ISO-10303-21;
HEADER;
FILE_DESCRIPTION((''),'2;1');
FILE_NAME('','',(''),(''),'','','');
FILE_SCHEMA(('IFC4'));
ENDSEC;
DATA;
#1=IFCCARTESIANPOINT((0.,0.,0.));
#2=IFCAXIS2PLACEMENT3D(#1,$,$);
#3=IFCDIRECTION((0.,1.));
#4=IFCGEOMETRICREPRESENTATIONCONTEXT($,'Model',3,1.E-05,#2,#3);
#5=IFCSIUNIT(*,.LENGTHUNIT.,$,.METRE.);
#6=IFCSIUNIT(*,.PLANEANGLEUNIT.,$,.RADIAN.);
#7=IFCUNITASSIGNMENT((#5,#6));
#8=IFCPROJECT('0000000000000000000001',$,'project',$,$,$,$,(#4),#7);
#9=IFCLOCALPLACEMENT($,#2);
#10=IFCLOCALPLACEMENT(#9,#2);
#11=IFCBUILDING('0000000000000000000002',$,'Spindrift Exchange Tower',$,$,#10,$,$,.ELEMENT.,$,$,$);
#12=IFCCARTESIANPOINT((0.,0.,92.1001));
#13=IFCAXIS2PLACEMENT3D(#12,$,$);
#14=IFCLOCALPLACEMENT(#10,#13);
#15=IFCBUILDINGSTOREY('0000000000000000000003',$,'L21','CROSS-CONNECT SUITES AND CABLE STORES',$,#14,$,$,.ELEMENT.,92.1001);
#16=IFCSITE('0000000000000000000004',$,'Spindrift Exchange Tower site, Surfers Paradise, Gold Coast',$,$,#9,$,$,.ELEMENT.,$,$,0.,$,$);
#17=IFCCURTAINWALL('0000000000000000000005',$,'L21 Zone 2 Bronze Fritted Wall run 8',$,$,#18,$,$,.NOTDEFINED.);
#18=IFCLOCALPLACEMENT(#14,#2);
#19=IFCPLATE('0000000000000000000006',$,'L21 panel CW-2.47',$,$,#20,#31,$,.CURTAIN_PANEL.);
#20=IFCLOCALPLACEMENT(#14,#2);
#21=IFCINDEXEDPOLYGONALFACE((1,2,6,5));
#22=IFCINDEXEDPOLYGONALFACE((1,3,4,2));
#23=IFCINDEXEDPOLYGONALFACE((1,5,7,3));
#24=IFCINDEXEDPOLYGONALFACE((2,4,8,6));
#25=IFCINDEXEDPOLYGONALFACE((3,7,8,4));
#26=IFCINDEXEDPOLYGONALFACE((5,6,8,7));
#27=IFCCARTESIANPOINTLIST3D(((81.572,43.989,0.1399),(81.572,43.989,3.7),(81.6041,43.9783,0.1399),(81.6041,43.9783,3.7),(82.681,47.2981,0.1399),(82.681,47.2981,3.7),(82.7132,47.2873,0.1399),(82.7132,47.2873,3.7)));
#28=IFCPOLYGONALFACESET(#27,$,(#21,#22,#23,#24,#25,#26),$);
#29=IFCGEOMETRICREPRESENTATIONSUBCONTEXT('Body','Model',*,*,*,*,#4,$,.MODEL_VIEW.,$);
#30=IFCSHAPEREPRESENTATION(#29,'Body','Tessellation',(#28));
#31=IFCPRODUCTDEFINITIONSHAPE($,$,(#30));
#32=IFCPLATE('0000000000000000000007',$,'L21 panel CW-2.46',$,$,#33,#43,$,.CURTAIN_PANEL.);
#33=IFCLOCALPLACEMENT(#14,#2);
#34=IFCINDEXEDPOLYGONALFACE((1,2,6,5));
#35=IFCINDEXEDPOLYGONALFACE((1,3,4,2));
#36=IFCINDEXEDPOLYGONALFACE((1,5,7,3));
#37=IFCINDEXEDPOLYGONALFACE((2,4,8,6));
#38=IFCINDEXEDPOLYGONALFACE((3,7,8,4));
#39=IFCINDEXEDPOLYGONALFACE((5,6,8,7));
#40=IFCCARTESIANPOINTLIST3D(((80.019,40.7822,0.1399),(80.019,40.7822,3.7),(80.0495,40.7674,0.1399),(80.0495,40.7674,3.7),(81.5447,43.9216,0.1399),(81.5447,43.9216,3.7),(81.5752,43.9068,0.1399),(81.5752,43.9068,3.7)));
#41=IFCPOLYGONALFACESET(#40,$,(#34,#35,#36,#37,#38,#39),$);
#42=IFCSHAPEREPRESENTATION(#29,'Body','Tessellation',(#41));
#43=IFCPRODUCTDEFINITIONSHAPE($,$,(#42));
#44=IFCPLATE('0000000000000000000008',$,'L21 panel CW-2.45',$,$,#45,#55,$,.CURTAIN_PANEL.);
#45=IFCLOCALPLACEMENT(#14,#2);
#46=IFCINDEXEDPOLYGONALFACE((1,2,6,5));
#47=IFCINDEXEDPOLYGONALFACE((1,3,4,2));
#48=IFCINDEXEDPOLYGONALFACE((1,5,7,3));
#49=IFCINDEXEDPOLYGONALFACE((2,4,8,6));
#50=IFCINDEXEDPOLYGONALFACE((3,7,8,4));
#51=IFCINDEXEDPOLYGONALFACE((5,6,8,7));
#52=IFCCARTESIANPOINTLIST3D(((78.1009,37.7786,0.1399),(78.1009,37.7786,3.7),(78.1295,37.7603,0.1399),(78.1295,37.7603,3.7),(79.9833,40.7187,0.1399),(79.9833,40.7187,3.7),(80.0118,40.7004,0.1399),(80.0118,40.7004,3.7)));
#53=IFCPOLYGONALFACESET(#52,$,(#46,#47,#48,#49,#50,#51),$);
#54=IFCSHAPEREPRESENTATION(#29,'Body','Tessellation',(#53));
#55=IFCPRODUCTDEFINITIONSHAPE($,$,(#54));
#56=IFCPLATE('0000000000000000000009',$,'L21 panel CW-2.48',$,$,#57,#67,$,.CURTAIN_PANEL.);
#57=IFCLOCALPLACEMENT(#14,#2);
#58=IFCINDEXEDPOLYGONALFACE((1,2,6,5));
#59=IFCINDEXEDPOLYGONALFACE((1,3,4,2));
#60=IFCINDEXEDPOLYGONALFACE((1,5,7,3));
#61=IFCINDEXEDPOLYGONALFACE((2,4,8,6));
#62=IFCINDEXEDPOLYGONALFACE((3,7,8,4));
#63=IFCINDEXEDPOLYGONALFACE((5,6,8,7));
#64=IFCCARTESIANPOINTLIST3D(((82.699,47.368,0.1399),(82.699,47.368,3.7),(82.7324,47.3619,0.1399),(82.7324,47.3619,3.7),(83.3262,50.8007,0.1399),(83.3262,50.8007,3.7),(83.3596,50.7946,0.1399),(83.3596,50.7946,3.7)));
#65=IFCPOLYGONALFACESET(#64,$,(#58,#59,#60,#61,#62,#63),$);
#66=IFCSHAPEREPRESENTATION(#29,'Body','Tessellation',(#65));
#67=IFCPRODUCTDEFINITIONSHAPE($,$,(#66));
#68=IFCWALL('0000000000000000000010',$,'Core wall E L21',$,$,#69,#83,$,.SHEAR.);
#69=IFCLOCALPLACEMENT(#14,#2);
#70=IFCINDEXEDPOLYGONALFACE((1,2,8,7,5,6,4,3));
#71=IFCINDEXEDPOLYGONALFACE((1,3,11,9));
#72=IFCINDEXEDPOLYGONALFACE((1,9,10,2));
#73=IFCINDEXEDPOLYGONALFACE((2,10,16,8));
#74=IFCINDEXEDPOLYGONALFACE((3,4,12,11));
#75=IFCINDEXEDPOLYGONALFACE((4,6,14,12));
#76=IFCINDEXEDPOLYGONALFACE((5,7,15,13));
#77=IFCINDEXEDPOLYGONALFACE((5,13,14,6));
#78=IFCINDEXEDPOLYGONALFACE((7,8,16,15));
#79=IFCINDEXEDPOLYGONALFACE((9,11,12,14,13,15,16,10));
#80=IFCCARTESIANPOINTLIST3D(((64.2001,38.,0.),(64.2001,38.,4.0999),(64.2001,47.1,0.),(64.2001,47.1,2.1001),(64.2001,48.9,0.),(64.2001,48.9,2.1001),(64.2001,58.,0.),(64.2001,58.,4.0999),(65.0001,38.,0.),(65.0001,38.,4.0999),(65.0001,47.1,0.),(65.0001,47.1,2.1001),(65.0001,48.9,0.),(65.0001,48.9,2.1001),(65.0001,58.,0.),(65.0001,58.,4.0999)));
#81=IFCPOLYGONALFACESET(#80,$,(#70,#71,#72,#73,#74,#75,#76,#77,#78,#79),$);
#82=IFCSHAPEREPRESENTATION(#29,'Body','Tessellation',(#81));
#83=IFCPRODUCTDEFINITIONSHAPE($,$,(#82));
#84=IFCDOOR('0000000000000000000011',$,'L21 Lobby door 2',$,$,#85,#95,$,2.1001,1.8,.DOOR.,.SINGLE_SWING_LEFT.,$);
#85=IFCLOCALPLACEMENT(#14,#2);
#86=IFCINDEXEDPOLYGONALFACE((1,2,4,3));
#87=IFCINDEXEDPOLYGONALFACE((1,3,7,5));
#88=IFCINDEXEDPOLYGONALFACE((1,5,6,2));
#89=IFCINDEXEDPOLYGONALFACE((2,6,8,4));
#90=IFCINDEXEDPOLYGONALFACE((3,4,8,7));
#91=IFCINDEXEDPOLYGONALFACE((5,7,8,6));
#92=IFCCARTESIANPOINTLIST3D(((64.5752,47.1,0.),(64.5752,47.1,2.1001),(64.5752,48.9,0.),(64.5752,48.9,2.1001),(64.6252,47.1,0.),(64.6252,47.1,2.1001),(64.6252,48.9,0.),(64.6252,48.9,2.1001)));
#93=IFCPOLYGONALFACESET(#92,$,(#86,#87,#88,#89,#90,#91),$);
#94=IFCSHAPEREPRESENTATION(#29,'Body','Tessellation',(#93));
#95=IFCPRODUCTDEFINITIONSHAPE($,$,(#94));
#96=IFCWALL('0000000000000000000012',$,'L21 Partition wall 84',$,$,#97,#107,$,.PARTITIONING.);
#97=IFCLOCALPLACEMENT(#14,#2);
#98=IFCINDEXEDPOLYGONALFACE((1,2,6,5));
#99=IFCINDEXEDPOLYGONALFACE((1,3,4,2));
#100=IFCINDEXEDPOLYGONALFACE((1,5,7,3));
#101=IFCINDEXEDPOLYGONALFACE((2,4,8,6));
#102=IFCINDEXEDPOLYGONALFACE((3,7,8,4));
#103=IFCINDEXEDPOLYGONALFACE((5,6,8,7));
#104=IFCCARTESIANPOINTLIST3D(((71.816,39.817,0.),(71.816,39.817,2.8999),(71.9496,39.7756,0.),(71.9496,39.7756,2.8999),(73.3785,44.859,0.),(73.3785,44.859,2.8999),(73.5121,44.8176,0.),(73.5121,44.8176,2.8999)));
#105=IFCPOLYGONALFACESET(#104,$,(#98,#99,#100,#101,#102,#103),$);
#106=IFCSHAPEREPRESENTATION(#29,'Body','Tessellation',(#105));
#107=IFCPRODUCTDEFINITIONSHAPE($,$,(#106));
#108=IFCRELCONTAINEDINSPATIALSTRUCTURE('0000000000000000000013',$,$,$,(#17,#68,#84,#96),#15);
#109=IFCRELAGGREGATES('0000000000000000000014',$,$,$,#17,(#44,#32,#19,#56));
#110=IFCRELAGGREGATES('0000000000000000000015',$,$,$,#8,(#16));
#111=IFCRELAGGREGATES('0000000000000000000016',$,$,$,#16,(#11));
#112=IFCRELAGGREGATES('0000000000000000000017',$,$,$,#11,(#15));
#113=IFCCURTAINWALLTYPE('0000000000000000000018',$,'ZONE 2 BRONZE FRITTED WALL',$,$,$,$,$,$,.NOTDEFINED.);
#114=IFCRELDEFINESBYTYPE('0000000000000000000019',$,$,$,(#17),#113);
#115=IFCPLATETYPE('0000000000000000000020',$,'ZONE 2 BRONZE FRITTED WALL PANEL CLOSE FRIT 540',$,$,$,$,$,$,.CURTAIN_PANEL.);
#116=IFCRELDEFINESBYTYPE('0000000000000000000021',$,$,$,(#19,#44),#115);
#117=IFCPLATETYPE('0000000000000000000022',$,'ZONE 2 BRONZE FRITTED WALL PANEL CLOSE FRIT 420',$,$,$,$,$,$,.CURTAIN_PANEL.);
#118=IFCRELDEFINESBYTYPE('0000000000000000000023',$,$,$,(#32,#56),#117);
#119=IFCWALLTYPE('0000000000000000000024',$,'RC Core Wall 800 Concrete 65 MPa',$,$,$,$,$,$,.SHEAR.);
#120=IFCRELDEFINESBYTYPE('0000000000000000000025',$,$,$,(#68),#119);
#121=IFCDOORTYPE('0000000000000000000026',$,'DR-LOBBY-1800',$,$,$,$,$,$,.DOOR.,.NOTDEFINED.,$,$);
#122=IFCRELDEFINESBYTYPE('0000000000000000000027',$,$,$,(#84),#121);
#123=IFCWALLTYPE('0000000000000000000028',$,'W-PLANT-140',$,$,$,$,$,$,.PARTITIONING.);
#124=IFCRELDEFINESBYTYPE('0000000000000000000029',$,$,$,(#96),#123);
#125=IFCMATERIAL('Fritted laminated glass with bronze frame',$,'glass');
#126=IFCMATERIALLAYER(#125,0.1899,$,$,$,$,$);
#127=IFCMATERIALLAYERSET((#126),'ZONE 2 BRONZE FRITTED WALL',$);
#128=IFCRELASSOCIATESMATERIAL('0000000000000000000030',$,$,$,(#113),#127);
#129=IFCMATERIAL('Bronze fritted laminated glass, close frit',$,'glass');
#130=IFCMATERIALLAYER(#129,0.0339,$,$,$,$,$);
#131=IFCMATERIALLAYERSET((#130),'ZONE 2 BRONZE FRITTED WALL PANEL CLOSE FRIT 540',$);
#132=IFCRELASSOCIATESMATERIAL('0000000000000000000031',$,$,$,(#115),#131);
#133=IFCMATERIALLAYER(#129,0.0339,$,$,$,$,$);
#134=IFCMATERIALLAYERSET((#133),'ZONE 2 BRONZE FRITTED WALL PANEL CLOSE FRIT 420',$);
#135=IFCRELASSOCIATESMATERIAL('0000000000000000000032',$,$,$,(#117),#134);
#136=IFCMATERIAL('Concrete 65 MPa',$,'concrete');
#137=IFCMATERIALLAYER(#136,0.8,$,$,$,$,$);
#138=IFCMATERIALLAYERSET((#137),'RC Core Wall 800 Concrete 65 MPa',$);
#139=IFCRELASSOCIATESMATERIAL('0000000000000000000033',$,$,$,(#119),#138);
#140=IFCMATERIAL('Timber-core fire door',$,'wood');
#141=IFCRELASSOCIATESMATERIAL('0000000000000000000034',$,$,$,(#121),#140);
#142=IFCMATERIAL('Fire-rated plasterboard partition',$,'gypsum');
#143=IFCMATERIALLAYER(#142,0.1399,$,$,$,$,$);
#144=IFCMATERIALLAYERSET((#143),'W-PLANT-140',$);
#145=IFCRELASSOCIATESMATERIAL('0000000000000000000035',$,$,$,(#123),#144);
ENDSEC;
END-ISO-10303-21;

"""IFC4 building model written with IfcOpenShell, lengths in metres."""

from ifc_helpers import new_model, si_unit, direction, frame, frame_2d, origin, origin_2d, place, context, subcontext, project, spatial, rectangle, extrude, source, transform, mapped, material, layer, layer_set, type_object, element, fill, aggregate, save


model = new_model("IFC4")

# Units and contexts
model_context = context("Model", 3, precision=1e-05, world=origin(), true_north=direction((0.0, 1.0)))
body_context = subcontext(model_context, "Body", "Model", "MODEL_VIEW")
ifc_project = project(units=[si_unit("LENGTHUNIT", "METRE"), si_unit("PLANEANGLEUNIT", "RADIAN")], contexts=[model_context])

# Site, building, storey
site_placement = place(None, origin())
site = spatial("IfcSite", under=ifc_project, at=site_placement, Name="Spindrift Exchange Tower site, Surfers Paradise, Gold Coast", CompositionType="ELEMENT", RefElevation=0.0)
building_placement = place(site_placement, origin())
building = spatial("IfcBuilding", under=site, at=building_placement, Name="Spindrift Exchange Tower", CompositionType="ELEMENT")
storey_placement = place(building_placement, frame((0.0, 0.0, 92.1001)))
storey = spatial("IfcBuildingStorey", under=building, at=storey_placement, Name="L21", Description="CROSS-CONNECT SUITES AND CABLE STORES", CompositionType="ELEMENT", Elevation=92.1001)

# Shared definitions
ifc_material_1 = material(Name="Concrete 65 MPa", Category="concrete")

# Curtain wall, plates
ifc_material_2 = material(Name="Fritted laminated glass with bronze frame", Category="glass")
ifc_layer_1 = layer(ifc_material_2, 0.1899)
ifc_layer_set_1 = layer_set([ifc_layer_1], Name="ZONE 2 BRONZE FRITTED WALL")
curtain_wall_type = type_object("IfcCurtainWallType", Name="ZONE 2 BRONZE FRITTED WALL", PredefinedType="NOTDEFINED", material=ifc_layer_set_1)
curtain_wall_placement = place(storey_placement, origin())
curtain_wall = element("IfcCurtainWall", 1, at=curtain_wall_placement, inside=storey, type_object=curtain_wall_type, Name="L21 Zone 2 Bronze Fritted Wall run 8", PredefinedType="NOTDEFINED")
ifc_material_3 = material(Name="Bronze fritted laminated glass, close frit", Category="glass")
ifc_layer_2 = layer(ifc_material_3, 0.0339)
ifc_layer_set_2 = layer_set([ifc_layer_2], Name="ZONE 2 BRONZE FRITTED WALL PANEL CLOSE FRIT 540")
plate_type_1 = type_object("IfcPlateType", Name="ZONE 2 BRONZE FRITTED WALL PANEL CLOSE FRIT 540", PredefinedType="CURTAIN_PANEL", material=ifc_layer_set_2)
shared_shape_1 = source(origin(), body_context, "Body", "SweptSolid", [
    extrude(rectangle(XDim=3.49, YDim=0.0339, at=origin_2d()), origin(), (0.0, 0.0, 1.0), 3.5601),
])
plate_1_placement = place(storey_placement, frame((82.1426, 45.6382, 0.1399), z_axis=(0.0, 0.0, 1.0), x_axis=(0.317785, 0.948163, 0.0)))
plate_1 = element("IfcPlate", 2, at=plate_1_placement, type_object=plate_type_1, Name="L21 panel CW-2.47", PredefinedType="CURTAIN_PANEL", context=body_context, shape_type="MappedRepresentation", body=[
    mapped(shared_shape_1, transform((0.0, 0.0, 0.0), scale=1.0)),
])
ifc_layer_3 = layer(ifc_material_3, 0.0339)
ifc_layer_set_3 = layer_set([ifc_layer_3], Name="ZONE 2 BRONZE FRITTED WALL PANEL CLOSE FRIT 420")
plate_type_2 = type_object("IfcPlateType", Name="ZONE 2 BRONZE FRITTED WALL PANEL CLOSE FRIT 420", PredefinedType="CURTAIN_PANEL", material=ifc_layer_set_3)
shared_shape_2 = source(origin(), body_context, "Body", "SweptSolid", [
    extrude(rectangle(XDim=3.4905, YDim=0.0339, at=origin_2d()), origin(), (0.0, 0.0, 1.0), 3.5601),
])
plate_2_placement = place(storey_placement, frame((80.7971, 42.3445, 0.1399), z_axis=(0.0, 0.0, 1.0), x_axis=(0.4371, 0.899413, 0.0)))
plate_2 = element("IfcPlate", 3, at=plate_2_placement, type_object=plate_type_2, Name="L21 panel CW-2.46", PredefinedType="CURTAIN_PANEL", context=body_context, shape_type="MappedRepresentation", body=[
    mapped(shared_shape_2, transform((0.0, 0.0, 0.0), scale=1.0)),
])
shared_shape_3 = source(origin(), body_context, "Body", "SweptSolid", [
    extrude(rectangle(XDim=3.491, YDim=0.0339, at=origin_2d()), origin(), (0.0, 0.0, 1.0), 3.5601),
])
plate_3_placement = place(storey_placement, frame((79.0564, 39.2395, 0.1399), z_axis=(0.0, 0.0, 1.0), x_axis=(0.539196, 0.842181, 0.0)))
plate_3 = element("IfcPlate", 4, at=plate_3_placement, type_object=plate_type_1, Name="L21 panel CW-2.45", PredefinedType="CURTAIN_PANEL", context=body_context, shape_type="MappedRepresentation", body=[
    mapped(shared_shape_3, transform((0.0, 0.0, 0.0), scale=1.0)),
])
shared_shape_4 = source(origin(), body_context, "Body", "SweptSolid", [
    extrude(rectangle(XDim=3.4895, YDim=0.0339, at=origin_2d()), origin(), (0.0, 0.0, 1.0), 3.5601),
])
plate_4_placement = place(storey_placement, frame((83.0293, 49.0813, 0.1399), z_axis=(0.0, 0.0, 1.0), x_axis=(0.179719, 0.983718, 0.0)))
plate_4 = element("IfcPlate", 5, at=plate_4_placement, type_object=plate_type_2, Name="L21 panel CW-2.48", PredefinedType="CURTAIN_PANEL", context=body_context, shape_type="MappedRepresentation", body=[
    mapped(shared_shape_4, transform((0.0, 0.0, 0.0), scale=1.0)),
])
aggregate(curtain_wall, [plate_3, plate_2, plate_1, plate_4])

# Wall, opening, door
ifc_layer_4 = layer(ifc_material_1, 0.8)
ifc_layer_set_4 = layer_set([ifc_layer_4], Name="RC Core Wall 800 Concrete 65 MPa")
wall_type_1 = type_object("IfcWallType", Name="RC Core Wall 800 Concrete 65 MPa", PredefinedType="SHEAR", material=ifc_layer_set_4)
wall_1_placement = place(storey_placement, frame((64.6001, 38.0, 0.0), z_axis=(0.0, 0.0, 1.0), x_axis=(0.0, 1.0, 0.0)))
wall_1 = element("IfcWall", 6, at=wall_1_placement, inside=storey, type_object=wall_type_1, Name="Core wall E L21", PredefinedType="SHEAR", context=body_context, shape_type="SweptSolid", body=[
    extrude(rectangle(XDim=20.0, YDim=0.8, at=frame_2d((10.0, 0.0))), origin(), (0.0, 0.0, 1.0), 4.0999),
])
opening_placement = place(wall_1_placement, frame((9.1001, 0.0, 0.0)))
opening = element("IfcOpeningElement", 7, at=opening_placement, cuts=wall_1, PredefinedType="OPENING", context=body_context, shape_type="SweptSolid", body=[
    extrude(rectangle(XDim=1.8, YDim=2.1001, at=frame_2d((0.8999, 1.05))), frame((0.0, 0.4099, 0.0), z_axis=(0.0, -1.0, 0.0), x_axis=(1.0, 0.0, 0.0)), (0.0, 0.0, 1.0), 0.8201),
])
ifc_material_4 = material(Name="Timber-core fire door", Category="wood")
door_type = type_object("IfcDoorType", Name="DR-LOBBY-1800", OperationType="NOTDEFINED", PredefinedType="DOOR", material=ifc_material_4)
shared_shape_5 = source(origin(), body_context, "Body", "SweptSolid", [
    extrude(rectangle(XDim=1.8, YDim=2.1001, at=frame_2d((0.8999, 1.05))), frame((0.0, 0.0249, 0.0), z_axis=(0.0, -1.0, 0.0), x_axis=(1.0, 0.0, 0.0)), (0.0, 0.0, 1.0), 0.05),
])
door_placement = place(opening_placement, origin())
door = element("IfcDoor", 8, at=door_placement, inside=storey, type_object=door_type, Name="L21 Lobby door 2", OperationType="SINGLE_SWING_LEFT", OverallHeight=2.1001, OverallWidth=1.8, PredefinedType="DOOR", context=body_context, shape_type="MappedRepresentation", body=[
    mapped(shared_shape_5, transform((0.0, 0.0, 0.0), scale=1.0)),
])
fill(opening, door)

# Wall
ifc_material_5 = material(Name="Fire-rated plasterboard partition", Category="gypsum")
ifc_layer_5 = layer(ifc_material_5, 0.1399)
ifc_layer_set_5 = layer_set([ifc_layer_5], Name="W-PLANT-140")
wall_type_2 = type_object("IfcWallType", Name="W-PLANT-140", PredefinedType="PARTITIONING", material=ifc_layer_set_5)
wall_2_placement = place(storey_placement, frame((71.8828, 39.7964, 0.0), z_axis=(0.0, 0.0, 1.0), x_axis=(0.296009, 0.955185, 0.0)))
element("IfcWall", 9, at=wall_2_placement, inside=storey, type_object=wall_type_2, Name="L21 Partition wall 84", PredefinedType="PARTITIONING", context=body_context, shape_type="SweptSolid", body=[
    extrude(rectangle(XDim=5.2786, YDim=0.1399, at=frame_2d((2.6392, 0.0))), origin(), (0.0, 0.0, 1.0), 2.8999),
])

save(model, "model.ifc")
